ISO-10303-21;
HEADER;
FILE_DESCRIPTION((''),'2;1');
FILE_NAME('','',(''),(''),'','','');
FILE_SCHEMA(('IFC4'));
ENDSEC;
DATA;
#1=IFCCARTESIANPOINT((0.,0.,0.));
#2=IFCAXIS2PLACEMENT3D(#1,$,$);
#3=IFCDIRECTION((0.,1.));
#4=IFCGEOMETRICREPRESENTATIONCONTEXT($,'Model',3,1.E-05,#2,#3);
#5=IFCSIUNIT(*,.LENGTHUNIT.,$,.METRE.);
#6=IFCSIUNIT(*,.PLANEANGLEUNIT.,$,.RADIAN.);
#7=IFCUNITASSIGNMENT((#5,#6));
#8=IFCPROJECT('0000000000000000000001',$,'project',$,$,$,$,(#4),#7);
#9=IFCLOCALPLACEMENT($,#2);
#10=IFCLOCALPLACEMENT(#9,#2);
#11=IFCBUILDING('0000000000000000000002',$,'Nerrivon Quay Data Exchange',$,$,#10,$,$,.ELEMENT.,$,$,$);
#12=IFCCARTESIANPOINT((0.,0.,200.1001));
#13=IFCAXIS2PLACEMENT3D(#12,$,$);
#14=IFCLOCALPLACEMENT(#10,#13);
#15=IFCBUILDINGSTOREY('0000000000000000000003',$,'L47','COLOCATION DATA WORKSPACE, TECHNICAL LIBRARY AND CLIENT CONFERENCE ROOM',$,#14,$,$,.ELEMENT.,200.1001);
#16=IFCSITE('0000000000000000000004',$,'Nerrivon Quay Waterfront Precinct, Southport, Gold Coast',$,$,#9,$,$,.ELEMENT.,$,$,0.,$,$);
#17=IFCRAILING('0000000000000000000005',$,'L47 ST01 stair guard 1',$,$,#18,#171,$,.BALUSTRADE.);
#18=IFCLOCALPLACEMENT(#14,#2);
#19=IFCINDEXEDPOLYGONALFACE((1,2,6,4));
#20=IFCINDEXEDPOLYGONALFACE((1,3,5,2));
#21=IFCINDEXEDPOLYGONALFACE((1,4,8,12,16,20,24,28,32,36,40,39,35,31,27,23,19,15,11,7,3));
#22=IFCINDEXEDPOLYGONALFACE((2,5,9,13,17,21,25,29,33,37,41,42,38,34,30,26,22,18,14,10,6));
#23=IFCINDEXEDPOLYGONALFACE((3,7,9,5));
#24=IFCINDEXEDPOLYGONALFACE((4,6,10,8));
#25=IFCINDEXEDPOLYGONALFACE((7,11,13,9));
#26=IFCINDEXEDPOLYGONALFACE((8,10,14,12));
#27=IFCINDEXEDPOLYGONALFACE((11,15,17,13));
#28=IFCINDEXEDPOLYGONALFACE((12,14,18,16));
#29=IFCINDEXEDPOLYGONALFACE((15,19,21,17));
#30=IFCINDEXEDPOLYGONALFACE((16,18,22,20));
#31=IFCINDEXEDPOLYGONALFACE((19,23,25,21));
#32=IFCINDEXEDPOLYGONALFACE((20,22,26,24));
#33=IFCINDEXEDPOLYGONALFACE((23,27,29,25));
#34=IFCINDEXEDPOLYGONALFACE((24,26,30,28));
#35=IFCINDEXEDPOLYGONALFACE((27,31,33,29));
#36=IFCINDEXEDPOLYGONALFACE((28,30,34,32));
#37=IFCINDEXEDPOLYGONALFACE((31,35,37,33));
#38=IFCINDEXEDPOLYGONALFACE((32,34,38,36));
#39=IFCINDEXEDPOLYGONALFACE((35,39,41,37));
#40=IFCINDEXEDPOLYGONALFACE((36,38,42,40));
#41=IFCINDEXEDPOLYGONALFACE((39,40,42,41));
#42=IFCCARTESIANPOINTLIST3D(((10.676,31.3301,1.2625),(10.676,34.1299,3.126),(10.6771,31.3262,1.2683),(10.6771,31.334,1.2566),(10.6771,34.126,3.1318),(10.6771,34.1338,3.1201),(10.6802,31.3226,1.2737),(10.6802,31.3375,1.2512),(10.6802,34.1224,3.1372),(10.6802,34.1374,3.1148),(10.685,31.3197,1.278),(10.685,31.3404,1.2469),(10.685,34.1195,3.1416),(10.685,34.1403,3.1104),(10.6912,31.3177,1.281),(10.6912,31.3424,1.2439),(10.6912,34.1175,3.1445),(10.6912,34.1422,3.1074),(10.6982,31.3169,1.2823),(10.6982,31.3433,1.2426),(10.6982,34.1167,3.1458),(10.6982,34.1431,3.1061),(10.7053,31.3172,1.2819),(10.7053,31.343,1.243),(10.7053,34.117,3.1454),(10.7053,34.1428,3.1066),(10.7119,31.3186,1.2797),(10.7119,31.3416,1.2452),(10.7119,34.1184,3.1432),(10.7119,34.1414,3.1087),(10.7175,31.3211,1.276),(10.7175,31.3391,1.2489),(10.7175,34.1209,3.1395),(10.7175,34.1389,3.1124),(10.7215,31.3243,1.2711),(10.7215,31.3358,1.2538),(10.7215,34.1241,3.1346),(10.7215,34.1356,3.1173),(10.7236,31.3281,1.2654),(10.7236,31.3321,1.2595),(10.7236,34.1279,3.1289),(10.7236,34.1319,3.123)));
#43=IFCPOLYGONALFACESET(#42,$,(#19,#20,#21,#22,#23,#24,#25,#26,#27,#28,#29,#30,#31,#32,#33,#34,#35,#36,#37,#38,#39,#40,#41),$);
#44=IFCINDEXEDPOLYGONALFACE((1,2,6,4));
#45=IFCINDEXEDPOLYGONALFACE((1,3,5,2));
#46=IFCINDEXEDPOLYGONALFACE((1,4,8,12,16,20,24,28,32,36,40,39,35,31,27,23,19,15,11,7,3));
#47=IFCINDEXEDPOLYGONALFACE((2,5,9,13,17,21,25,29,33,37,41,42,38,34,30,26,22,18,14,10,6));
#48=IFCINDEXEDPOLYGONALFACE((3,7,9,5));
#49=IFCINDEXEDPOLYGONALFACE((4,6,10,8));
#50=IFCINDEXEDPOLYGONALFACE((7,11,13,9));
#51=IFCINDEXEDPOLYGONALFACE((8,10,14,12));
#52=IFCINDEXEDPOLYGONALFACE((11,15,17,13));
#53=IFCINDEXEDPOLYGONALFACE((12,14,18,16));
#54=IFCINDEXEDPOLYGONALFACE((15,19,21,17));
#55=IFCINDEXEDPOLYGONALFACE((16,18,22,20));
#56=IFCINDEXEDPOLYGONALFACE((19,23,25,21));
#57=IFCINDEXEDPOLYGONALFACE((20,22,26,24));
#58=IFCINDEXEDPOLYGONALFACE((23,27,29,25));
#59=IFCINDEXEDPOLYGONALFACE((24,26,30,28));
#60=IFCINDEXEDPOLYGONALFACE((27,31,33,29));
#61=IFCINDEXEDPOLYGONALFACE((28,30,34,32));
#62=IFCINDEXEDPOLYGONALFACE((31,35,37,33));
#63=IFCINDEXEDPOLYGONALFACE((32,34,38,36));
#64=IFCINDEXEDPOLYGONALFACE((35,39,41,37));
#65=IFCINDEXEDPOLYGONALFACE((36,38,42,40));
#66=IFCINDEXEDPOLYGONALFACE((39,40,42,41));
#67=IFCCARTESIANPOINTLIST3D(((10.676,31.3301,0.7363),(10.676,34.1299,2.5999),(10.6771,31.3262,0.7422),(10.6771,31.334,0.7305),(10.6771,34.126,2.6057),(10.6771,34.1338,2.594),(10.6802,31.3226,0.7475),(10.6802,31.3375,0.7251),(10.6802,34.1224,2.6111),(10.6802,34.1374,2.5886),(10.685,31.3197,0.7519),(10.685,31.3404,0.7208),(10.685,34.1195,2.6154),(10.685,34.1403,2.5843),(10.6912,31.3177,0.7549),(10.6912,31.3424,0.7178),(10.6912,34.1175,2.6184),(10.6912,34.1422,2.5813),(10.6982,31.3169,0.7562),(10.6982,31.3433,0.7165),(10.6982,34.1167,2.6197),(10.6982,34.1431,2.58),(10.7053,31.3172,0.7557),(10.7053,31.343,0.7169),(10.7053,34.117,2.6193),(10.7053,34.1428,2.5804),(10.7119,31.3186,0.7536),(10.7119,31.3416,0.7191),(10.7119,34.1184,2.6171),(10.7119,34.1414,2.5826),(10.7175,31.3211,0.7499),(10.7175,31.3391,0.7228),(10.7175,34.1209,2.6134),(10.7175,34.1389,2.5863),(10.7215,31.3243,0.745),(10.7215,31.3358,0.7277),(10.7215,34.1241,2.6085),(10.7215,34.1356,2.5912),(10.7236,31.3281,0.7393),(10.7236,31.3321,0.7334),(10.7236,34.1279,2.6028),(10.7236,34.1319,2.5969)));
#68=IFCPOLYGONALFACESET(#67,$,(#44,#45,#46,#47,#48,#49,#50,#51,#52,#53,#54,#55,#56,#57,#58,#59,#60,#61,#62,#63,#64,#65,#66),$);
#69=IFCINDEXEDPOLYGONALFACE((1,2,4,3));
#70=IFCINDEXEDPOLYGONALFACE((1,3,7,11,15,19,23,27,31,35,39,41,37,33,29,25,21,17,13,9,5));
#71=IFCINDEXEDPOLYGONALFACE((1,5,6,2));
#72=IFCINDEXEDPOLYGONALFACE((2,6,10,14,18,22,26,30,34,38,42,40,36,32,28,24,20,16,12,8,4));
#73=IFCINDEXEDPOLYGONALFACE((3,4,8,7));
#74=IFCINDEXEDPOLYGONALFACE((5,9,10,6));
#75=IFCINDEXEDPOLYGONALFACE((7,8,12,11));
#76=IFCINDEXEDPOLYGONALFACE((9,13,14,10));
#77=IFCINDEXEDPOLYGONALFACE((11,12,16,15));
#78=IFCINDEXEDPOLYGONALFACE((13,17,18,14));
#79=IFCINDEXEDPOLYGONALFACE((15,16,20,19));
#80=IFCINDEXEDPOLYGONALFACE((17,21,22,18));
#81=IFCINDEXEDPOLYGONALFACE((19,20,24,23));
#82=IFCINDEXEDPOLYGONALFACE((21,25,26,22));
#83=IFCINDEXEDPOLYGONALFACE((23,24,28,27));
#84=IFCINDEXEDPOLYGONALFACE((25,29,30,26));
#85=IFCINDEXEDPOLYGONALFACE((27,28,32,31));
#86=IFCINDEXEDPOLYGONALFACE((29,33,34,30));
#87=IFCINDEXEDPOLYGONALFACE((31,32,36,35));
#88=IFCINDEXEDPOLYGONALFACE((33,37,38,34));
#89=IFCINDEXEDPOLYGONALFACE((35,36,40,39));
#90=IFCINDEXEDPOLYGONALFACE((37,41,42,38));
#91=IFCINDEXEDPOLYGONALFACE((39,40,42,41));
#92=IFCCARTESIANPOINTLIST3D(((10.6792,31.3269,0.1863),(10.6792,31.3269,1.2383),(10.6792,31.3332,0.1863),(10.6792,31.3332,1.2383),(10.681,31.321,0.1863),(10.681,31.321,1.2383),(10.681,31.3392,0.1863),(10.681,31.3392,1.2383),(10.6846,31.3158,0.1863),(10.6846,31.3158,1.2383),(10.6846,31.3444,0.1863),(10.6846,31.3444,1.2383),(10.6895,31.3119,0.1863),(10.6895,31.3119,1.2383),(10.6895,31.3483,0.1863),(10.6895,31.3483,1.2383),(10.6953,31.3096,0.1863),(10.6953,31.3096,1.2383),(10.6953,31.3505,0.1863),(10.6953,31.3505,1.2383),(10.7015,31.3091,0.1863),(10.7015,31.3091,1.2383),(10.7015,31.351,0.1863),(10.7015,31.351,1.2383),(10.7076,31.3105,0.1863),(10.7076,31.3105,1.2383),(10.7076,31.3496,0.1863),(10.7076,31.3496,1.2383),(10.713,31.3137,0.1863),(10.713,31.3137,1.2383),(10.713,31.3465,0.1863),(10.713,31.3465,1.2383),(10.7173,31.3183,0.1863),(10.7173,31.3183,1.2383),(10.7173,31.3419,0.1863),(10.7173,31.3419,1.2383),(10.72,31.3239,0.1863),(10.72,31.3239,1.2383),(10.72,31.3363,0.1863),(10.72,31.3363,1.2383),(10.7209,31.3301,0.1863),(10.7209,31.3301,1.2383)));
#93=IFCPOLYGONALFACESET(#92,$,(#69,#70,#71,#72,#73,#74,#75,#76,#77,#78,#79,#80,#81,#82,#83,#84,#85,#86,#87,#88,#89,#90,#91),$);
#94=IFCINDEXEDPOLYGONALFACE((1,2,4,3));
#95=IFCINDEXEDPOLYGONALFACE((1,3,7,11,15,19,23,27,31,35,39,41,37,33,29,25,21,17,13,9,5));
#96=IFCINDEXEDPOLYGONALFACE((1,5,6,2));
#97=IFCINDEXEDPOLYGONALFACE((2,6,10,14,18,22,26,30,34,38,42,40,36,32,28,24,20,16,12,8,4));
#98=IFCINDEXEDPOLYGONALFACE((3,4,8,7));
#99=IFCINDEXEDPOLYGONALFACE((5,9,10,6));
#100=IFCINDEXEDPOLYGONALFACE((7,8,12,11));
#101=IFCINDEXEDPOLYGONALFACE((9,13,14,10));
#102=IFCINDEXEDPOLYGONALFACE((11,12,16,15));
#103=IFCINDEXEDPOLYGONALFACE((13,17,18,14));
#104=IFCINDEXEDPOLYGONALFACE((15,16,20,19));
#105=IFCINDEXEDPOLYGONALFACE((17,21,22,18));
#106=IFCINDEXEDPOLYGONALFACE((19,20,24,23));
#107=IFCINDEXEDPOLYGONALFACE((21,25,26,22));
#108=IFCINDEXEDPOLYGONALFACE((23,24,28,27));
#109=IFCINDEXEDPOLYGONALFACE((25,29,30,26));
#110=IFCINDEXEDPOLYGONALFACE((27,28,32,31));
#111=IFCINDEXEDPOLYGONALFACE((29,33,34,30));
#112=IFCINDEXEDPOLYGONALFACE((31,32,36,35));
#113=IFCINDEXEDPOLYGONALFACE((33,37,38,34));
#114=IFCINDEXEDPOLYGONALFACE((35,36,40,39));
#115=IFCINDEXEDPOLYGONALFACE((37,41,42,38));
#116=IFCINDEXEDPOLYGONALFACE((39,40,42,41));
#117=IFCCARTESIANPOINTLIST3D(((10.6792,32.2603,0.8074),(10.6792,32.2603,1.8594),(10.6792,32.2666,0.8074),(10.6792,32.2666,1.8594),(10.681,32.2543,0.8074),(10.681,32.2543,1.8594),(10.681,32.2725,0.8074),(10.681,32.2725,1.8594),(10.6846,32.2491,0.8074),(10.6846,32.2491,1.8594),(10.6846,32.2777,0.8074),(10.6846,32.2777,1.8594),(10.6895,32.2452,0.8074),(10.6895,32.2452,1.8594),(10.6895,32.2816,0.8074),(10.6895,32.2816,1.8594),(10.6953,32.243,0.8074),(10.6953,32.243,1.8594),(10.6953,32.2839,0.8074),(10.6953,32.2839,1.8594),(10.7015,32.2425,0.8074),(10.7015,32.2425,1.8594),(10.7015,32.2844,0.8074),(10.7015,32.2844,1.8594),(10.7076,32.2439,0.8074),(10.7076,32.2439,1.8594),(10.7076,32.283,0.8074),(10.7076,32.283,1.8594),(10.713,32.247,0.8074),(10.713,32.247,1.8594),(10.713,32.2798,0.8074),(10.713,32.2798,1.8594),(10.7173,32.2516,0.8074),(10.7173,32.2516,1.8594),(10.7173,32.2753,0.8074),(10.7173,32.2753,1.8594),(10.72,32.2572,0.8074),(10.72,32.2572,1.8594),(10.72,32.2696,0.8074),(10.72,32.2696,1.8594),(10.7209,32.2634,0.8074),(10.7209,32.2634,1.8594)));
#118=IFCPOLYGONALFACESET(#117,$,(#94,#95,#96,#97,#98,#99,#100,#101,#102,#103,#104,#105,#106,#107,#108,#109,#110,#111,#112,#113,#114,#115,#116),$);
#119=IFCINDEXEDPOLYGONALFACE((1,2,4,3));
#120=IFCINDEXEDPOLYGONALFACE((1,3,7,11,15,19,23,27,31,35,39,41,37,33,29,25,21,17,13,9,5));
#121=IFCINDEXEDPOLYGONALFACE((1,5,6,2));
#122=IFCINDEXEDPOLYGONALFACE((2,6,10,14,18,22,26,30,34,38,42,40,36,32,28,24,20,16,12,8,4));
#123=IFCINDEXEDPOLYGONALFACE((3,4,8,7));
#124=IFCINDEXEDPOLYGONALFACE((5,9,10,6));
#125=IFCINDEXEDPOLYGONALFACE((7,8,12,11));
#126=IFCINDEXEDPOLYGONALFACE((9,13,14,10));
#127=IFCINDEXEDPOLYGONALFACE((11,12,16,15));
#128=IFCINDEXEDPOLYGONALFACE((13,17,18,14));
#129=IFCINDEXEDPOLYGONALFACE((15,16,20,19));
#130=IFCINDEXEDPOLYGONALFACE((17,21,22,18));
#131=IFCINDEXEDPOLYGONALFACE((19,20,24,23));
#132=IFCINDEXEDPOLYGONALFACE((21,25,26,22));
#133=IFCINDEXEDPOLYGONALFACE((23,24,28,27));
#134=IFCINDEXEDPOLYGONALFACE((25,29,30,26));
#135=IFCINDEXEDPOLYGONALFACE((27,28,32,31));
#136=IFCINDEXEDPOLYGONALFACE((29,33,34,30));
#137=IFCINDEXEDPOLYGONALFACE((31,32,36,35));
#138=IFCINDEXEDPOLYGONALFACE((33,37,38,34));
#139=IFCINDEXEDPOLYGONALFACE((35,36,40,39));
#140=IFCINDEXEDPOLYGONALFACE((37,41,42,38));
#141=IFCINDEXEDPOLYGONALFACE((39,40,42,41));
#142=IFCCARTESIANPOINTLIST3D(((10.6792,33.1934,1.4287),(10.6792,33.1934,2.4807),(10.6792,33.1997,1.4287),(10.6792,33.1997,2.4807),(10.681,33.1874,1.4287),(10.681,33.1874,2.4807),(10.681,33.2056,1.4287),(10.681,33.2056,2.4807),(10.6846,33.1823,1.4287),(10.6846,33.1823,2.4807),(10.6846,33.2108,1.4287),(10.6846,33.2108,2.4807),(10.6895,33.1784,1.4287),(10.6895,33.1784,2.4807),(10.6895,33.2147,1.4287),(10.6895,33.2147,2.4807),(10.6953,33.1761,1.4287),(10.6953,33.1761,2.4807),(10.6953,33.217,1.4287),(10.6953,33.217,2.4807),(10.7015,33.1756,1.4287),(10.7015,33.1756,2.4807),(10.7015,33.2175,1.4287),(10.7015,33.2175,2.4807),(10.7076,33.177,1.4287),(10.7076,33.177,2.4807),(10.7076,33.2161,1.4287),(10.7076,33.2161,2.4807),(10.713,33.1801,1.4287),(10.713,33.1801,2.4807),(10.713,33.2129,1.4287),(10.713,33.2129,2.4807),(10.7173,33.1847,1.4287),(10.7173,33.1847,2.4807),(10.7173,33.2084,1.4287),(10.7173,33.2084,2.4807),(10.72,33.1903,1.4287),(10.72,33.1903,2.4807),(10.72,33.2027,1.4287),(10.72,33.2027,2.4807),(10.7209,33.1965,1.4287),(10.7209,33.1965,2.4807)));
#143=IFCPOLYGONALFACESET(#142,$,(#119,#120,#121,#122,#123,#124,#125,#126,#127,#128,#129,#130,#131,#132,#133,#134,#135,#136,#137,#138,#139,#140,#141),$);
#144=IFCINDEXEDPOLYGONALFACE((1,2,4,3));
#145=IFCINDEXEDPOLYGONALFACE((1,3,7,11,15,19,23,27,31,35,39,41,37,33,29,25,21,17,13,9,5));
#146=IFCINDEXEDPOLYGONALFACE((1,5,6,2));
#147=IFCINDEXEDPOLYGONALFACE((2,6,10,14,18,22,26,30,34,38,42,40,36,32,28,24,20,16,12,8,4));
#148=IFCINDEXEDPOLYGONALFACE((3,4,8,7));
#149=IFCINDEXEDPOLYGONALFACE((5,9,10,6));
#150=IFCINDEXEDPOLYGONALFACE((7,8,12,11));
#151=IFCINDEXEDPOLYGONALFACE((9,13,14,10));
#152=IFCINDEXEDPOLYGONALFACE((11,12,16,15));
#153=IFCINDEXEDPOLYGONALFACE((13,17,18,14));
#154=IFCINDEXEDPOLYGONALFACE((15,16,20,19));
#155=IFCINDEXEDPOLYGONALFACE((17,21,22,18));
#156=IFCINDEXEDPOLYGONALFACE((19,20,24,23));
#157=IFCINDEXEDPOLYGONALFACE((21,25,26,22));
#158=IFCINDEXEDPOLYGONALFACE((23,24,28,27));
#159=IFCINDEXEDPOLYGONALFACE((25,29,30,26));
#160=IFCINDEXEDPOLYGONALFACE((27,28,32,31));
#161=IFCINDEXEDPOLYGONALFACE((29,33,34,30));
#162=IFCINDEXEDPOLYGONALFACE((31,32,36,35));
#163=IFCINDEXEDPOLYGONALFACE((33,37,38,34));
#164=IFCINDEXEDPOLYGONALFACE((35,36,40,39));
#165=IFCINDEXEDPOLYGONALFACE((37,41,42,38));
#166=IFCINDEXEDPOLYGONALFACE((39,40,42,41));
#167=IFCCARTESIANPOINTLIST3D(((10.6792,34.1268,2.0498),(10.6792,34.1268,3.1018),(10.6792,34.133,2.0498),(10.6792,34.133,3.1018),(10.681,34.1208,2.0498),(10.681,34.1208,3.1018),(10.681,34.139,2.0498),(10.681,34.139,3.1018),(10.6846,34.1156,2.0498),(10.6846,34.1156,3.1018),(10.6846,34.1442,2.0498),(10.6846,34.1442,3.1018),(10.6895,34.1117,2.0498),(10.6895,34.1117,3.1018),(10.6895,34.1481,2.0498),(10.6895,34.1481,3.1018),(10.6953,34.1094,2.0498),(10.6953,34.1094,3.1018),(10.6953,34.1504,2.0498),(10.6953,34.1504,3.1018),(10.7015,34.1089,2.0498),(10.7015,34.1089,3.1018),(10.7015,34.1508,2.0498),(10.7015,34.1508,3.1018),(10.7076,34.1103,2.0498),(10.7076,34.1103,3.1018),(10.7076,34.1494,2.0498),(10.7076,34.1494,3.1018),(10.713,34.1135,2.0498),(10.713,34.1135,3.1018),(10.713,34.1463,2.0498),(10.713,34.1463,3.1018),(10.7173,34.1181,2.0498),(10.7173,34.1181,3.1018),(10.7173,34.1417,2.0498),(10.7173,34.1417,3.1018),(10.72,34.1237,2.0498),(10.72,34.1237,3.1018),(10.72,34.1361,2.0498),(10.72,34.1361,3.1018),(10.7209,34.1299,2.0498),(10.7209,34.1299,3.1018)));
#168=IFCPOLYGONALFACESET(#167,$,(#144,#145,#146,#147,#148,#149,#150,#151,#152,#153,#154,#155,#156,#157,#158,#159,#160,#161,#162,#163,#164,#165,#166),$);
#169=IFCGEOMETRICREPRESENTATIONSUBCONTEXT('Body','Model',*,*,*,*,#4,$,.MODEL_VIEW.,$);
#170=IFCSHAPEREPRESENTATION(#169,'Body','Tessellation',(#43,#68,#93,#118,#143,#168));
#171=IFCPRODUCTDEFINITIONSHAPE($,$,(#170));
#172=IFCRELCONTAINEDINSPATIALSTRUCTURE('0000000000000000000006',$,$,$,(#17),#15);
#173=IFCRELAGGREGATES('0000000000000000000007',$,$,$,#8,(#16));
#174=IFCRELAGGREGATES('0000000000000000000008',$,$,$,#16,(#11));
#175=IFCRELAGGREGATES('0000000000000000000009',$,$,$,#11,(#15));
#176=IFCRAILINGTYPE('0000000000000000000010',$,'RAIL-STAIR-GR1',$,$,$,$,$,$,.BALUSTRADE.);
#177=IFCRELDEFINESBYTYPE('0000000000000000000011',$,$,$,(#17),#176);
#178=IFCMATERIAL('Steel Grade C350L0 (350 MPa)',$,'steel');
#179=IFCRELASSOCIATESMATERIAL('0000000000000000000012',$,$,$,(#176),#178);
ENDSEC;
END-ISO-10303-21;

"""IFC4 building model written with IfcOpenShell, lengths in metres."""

from ifc_helpers import new_model, si_unit, direction, frame, origin, origin_2d, place, context, subcontext, project, spatial, circle, extrude, material, type_object, element, save


model = new_model("IFC4")

# Units and contexts
model_context = context("Model", 3, precision=1e-05, world=origin(), true_north=direction((0.0, 1.0)))
body_context = subcontext(model_context, "Body", "Model", "MODEL_VIEW")
ifc_project = project(units=[si_unit("LENGTHUNIT", "METRE"), si_unit("PLANEANGLEUNIT", "RADIAN")], contexts=[model_context])

# Site, building, storey
site_placement = place(None, origin())
site = spatial("IfcSite", under=ifc_project, at=site_placement, Name="Nerrivon Quay Waterfront Precinct, Southport, Gold Coast", CompositionType="ELEMENT", RefElevation=0.0)
building_placement = place(site_placement, origin())
building = spatial("IfcBuilding", under=site, at=building_placement, Name="Nerrivon Quay Data Exchange", CompositionType="ELEMENT")
storey_placement = place(building_placement, frame((0.0, 0.0, 200.1001)))
storey = spatial("IfcBuildingStorey", under=building, at=storey_placement, Name="L47", Description="COLOCATION DATA WORKSPACE, TECHNICAL LIBRARY AND CLIENT CONFERENCE ROOM", CompositionType="ELEMENT", Elevation=200.1001)

# Railing
ifc_material_1 = material(Name="Steel Grade C350L0 (350 MPa)", Category="steel")
railing_type_1 = type_object("IfcRailingType", Name="RAIL-STAIR-GR1", PredefinedType="BALUSTRADE", material=ifc_material_1)
railing_1_placement = place(storey_placement, frame((10.7, 31.3301, 0.1863)))
element("IfcRailing", 1, at=railing_1_placement, inside=storey, type_object=railing_type_1, Name="L47 ST01 stair guard 1", PredefinedType="BALUSTRADE", context=body_context, shape_type="SweptSolid", body=[
    extrude(circle(Radius=0.0239, at=origin_2d()), frame((0.0, 0.0, 1.0762), z_axis=(0.0, 0.832463, 0.55408), x_axis=(-1.0, 0.0, 0.0)), (0.0, 0.0, 1.0), 3.3633),
    extrude(circle(Radius=0.0239, at=origin_2d()), frame((0.0, 0.0, 0.55), z_axis=(0.0, 0.832463, 0.55408), x_axis=(-1.0, 0.0, 0.0)), (0.0, 0.0, 1.0), 3.3633),
    extrude(circle(Radius=0.021, at=origin_2d()), origin(), (0.0, 0.0, 1.0), 1.052),
    extrude(circle(Radius=0.021, at=origin_2d()), frame((0.0, 0.9333, 0.6211)), (0.0, 0.0, 1.0), 1.052),
    extrude(circle(Radius=0.021, at=origin_2d()), frame((0.0, 1.8665, 1.2424)), (0.0, 0.0, 1.0), 1.052),
    extrude(circle(Radius=0.021, at=origin_2d()), frame((0.0, 2.7998, 1.8635)), (0.0, 0.0, 1.0), 1.052),
])

save(model, "model.ifc")
